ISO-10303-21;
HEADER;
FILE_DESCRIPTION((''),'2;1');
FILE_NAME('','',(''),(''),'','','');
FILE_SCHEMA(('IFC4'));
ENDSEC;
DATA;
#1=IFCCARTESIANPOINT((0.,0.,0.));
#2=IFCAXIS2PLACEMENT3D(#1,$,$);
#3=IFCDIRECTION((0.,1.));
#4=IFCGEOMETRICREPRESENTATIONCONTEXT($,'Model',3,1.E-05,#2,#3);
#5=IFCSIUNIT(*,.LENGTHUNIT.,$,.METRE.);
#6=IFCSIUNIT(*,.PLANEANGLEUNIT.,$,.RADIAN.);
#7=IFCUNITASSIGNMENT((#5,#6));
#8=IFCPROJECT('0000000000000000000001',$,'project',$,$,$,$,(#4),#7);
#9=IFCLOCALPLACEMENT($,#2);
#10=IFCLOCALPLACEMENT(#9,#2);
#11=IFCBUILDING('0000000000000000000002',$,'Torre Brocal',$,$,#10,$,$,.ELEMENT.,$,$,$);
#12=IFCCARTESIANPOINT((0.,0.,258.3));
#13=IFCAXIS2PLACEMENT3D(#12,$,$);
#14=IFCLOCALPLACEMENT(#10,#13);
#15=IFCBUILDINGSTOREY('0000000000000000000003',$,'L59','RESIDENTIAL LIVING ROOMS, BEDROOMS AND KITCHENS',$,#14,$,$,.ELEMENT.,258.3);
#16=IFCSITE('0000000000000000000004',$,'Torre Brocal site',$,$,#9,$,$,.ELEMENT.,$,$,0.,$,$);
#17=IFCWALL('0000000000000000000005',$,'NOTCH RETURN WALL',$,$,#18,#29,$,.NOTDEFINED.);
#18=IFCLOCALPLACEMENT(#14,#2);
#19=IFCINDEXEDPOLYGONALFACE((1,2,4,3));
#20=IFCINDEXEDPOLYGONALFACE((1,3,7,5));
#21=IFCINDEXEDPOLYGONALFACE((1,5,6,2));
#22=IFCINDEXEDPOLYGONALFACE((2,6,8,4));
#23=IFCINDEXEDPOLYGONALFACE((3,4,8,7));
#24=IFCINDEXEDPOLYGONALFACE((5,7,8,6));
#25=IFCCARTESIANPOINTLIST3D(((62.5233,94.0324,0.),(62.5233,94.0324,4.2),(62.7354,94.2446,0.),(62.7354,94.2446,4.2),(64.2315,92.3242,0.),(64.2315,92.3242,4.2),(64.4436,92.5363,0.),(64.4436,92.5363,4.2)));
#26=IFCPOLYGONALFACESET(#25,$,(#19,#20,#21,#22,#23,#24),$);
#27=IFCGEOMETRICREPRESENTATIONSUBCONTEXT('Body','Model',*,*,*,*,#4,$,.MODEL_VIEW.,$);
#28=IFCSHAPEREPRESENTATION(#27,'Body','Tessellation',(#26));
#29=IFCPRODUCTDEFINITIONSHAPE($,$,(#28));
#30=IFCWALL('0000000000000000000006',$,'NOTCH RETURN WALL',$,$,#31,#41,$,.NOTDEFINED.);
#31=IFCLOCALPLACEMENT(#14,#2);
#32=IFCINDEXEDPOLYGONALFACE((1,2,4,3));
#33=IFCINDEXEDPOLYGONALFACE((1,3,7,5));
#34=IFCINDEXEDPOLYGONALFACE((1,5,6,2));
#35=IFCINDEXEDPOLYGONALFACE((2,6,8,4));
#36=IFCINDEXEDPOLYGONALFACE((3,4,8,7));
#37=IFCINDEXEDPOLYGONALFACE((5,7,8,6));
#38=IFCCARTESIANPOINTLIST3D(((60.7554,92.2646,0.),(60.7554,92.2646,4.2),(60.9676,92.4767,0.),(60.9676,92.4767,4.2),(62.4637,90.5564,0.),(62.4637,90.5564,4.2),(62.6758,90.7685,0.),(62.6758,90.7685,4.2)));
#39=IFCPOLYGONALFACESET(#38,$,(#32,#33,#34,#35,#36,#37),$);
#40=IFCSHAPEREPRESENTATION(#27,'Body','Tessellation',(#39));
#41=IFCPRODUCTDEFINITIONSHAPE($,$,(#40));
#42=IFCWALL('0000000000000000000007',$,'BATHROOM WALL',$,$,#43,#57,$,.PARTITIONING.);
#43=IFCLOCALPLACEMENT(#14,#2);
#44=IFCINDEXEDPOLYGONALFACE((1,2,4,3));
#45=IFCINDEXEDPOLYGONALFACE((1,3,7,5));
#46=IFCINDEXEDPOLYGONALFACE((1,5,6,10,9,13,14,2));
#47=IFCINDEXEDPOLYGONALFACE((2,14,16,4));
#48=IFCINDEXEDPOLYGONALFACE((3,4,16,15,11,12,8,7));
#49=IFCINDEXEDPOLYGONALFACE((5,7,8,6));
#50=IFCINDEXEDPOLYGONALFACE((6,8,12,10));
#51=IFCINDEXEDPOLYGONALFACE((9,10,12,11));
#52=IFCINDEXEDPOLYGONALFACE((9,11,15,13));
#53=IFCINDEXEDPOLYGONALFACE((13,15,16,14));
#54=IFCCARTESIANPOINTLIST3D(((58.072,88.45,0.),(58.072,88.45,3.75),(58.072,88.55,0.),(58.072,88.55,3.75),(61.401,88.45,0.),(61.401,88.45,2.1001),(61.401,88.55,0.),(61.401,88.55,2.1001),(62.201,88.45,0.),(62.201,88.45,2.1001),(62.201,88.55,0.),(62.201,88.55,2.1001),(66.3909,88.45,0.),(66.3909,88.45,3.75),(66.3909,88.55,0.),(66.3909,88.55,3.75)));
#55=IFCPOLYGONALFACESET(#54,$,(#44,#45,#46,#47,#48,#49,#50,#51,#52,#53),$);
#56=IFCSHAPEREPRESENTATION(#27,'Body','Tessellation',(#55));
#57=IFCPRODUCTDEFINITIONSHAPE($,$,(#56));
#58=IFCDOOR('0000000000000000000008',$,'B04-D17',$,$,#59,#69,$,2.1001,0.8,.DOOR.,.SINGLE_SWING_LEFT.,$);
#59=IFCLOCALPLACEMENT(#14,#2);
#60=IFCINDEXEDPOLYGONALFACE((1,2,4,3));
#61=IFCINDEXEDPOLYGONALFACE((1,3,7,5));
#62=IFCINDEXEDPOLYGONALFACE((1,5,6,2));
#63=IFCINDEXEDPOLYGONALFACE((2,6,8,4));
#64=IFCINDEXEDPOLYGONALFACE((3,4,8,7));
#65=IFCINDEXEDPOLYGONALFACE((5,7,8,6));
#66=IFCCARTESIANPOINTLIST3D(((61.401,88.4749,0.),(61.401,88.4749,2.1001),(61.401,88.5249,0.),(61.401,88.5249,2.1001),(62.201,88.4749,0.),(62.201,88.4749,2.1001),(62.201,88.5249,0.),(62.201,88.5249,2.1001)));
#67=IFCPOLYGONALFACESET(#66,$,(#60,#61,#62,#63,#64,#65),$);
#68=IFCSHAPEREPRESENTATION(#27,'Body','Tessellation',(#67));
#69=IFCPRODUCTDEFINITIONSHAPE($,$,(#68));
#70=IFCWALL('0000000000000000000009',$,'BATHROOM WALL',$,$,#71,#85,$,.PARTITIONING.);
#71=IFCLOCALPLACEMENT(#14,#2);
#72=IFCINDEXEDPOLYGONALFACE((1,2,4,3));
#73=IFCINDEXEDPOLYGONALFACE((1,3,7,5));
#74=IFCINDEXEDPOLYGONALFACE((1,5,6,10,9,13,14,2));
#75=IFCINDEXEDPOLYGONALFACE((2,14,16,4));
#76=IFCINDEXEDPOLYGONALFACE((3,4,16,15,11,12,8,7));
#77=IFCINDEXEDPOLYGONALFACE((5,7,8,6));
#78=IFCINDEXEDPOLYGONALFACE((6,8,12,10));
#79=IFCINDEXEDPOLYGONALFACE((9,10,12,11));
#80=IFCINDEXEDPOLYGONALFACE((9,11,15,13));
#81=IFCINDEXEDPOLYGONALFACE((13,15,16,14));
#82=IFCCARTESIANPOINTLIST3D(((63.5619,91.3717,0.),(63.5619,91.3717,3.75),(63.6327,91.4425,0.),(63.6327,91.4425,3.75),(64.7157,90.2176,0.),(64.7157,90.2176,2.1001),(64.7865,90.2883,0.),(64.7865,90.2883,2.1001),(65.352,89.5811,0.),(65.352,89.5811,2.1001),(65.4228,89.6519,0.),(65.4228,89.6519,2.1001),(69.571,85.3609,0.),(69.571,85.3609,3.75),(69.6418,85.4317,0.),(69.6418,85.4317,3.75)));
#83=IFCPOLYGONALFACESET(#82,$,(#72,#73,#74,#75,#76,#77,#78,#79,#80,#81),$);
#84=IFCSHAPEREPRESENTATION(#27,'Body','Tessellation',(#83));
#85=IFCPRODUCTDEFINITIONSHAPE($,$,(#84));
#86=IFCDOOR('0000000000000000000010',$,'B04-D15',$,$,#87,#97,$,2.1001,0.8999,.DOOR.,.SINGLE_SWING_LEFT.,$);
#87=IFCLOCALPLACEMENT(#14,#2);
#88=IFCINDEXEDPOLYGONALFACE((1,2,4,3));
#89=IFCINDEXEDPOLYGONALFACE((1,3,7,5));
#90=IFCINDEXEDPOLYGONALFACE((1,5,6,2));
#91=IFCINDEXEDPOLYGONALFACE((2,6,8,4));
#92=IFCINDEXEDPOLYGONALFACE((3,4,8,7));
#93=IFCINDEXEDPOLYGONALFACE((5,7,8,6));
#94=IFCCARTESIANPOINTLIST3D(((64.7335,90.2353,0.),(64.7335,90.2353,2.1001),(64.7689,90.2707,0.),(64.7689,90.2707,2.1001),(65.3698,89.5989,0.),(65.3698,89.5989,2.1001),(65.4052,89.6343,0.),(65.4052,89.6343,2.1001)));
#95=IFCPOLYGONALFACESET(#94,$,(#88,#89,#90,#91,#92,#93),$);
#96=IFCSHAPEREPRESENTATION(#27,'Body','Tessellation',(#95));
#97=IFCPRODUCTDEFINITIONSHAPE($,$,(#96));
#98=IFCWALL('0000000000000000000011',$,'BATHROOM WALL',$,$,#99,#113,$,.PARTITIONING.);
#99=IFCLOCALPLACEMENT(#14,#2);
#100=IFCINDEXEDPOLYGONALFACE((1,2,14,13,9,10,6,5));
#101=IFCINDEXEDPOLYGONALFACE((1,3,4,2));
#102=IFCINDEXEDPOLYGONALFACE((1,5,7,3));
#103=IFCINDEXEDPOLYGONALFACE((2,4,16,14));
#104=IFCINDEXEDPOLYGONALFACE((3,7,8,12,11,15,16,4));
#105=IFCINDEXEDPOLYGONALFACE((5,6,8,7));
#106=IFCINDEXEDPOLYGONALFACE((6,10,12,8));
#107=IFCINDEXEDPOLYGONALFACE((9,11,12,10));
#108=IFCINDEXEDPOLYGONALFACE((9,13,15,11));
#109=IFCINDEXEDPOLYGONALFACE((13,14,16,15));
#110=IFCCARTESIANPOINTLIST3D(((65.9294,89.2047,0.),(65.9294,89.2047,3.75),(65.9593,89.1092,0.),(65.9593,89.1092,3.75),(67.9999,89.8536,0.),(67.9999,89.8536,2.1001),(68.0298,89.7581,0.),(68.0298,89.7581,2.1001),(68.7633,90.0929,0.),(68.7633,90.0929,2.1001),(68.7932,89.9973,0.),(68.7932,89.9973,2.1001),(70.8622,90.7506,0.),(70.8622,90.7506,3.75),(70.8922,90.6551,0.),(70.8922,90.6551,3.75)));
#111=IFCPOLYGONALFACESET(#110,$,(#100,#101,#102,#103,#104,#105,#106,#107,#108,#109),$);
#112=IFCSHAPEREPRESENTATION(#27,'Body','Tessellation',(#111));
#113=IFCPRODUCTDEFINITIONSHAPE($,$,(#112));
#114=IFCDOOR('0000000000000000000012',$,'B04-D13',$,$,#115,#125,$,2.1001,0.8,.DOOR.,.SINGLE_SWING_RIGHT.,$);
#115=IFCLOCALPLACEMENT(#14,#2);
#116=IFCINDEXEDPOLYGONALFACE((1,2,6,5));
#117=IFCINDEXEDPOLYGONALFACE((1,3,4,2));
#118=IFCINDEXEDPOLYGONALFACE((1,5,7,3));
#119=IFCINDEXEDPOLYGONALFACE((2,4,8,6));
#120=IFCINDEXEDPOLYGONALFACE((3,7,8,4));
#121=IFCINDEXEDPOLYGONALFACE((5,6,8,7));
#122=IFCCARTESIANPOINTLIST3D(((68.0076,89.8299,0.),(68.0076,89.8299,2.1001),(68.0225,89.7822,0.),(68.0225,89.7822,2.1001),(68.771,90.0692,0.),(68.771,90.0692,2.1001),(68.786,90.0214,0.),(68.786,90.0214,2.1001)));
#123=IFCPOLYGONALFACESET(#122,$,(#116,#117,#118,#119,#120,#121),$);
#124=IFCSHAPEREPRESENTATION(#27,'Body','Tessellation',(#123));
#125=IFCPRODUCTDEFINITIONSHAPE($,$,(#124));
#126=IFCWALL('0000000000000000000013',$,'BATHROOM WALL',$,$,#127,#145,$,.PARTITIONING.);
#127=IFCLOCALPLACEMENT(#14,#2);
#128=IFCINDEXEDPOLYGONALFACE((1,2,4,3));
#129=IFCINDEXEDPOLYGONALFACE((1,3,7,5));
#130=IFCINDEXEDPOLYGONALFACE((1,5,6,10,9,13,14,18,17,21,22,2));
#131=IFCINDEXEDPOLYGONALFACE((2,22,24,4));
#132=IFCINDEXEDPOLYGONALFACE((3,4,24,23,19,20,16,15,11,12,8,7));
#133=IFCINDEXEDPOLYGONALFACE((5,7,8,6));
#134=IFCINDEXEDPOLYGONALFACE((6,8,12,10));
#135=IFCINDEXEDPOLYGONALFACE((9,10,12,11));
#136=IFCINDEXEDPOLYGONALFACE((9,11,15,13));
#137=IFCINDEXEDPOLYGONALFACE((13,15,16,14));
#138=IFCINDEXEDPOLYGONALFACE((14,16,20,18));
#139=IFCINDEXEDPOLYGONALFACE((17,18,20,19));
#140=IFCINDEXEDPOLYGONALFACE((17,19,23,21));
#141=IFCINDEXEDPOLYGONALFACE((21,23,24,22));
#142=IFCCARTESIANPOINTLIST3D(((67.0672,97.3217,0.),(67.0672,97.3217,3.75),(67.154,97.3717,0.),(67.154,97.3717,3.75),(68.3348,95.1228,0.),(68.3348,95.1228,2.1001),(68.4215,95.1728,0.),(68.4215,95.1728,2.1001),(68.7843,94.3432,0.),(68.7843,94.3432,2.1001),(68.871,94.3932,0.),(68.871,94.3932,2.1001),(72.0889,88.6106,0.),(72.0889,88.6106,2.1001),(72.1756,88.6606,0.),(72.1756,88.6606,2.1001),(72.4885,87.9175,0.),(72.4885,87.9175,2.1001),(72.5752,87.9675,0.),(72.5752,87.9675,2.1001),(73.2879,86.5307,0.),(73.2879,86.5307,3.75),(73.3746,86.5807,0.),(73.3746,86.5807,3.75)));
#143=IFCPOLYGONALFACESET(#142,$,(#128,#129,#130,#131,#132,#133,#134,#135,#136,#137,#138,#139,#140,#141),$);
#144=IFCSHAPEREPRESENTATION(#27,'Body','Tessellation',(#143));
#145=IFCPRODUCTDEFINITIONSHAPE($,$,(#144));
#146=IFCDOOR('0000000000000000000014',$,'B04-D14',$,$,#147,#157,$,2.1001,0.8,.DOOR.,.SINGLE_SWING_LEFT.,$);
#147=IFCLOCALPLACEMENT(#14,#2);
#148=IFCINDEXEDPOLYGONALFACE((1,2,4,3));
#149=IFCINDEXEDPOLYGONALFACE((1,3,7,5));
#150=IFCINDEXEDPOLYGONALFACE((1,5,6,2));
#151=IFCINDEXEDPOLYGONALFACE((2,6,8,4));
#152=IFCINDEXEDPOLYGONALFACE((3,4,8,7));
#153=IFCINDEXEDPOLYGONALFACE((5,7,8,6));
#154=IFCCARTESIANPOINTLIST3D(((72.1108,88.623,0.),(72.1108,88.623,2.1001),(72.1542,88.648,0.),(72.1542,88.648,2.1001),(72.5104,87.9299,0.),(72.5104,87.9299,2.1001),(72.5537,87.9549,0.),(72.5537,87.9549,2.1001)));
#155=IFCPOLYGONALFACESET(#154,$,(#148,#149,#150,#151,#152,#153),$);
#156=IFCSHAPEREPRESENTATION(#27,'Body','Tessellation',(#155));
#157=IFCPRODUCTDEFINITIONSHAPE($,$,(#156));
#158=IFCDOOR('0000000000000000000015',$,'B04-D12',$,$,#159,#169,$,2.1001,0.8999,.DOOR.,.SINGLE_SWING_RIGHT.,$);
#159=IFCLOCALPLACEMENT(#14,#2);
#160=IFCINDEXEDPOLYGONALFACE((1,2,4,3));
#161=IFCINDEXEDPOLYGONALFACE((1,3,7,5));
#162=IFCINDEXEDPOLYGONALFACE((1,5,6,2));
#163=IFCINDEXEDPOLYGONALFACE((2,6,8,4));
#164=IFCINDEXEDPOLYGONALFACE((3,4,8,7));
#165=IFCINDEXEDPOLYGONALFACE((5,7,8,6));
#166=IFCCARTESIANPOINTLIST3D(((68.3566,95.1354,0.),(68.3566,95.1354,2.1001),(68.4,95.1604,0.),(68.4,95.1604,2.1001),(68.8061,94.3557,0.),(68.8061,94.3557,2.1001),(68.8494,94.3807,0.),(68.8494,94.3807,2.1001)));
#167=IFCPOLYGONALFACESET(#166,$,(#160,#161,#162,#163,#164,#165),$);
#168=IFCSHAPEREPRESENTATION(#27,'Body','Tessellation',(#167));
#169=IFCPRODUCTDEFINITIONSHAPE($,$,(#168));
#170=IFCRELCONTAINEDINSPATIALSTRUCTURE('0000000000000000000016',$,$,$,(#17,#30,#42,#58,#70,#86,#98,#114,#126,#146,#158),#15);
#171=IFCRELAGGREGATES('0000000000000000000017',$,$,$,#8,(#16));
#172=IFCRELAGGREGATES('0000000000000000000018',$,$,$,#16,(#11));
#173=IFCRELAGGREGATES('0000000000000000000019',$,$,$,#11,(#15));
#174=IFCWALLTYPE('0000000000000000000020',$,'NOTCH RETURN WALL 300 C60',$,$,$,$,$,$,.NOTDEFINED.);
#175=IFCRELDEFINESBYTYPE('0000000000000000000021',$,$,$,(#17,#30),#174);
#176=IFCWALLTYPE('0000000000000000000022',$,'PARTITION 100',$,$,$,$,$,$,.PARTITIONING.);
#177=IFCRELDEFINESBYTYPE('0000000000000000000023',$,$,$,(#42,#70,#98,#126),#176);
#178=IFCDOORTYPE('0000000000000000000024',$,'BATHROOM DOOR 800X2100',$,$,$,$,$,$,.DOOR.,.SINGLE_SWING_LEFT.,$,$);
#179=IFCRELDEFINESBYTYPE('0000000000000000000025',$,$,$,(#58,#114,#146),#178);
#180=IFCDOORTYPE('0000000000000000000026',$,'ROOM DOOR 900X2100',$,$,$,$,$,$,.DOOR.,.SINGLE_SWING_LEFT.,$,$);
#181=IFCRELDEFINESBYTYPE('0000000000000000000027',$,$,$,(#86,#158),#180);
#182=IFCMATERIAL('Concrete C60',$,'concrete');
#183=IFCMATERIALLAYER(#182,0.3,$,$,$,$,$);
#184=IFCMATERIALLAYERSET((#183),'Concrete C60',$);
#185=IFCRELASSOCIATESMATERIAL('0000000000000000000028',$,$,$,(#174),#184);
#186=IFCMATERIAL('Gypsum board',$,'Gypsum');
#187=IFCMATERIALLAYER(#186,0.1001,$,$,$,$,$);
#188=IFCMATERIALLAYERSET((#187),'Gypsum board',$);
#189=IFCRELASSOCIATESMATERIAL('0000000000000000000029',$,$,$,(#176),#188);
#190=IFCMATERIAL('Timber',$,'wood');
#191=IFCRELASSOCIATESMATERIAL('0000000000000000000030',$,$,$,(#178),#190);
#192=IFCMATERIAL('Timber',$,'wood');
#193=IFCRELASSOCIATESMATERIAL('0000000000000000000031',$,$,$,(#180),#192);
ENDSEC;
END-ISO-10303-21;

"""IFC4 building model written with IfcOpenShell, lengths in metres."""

from ifc_helpers import new_model, si_unit, direction, frame, frame_2d, origin, place, context, subcontext, project, spatial, rectangle, extrude, material, layer, layer_set, type_object, element, fill, save


model = new_model("IFC4")

# Units and contexts
model_context = context("Model", 3, precision=1e-05, world=origin(), true_north=direction((0.0, 1.0)))
body_context = subcontext(model_context, "Body", "Model", "MODEL_VIEW")
ifc_project = project(units=[si_unit("LENGTHUNIT", "METRE"), si_unit("PLANEANGLEUNIT", "RADIAN")], contexts=[model_context])

# Site, building, storey
site_placement = place(None, origin())
site = spatial("IfcSite", under=ifc_project, at=site_placement, Name="Torre Brocal site", CompositionType="ELEMENT", RefElevation=0.0)
building_placement = place(site_placement, origin())
building = spatial("IfcBuilding", under=site, at=building_placement, Name="Torre Brocal", CompositionType="ELEMENT")
storey_placement = place(building_placement, frame((0.0, 0.0, 258.3)))
storey = spatial("IfcBuildingStorey", under=building, at=storey_placement, Name="L59", Description="RESIDENTIAL LIVING ROOMS, BEDROOMS AND KITCHENS", CompositionType="ELEMENT", Elevation=258.3)

# Walls
ifc_material_1 = material(Name="Concrete C60", Category="concrete")
ifc_layer_1 = layer(ifc_material_1, 0.3)
ifc_layer_set_1 = layer_set([ifc_layer_1], Name="Concrete C60")
wall_type_1 = type_object("IfcWallType", Name="NOTCH RETURN WALL 300 C60", PredefinedType="NOTDEFINED", material=ifc_layer_set_1)
for number, where, z_axis, x_axis, name in (
    (1, (64.3376, 92.4302, 0.0), (0.0, 0.0, 1.0), (-0.707107, 0.707107, 0.0), "NOTCH RETURN WALL"),
    (2, (62.5698, 90.6624, 0.0), (0.0, 0.0, 1.0), (-0.707107, 0.707107, 0.0), "NOTCH RETURN WALL"),
):
    element("IfcWall", number, at=place(storey_placement, frame(where, z_axis=z_axis, x_axis=x_axis)), inside=storey, type_object=wall_type_1, Name=name, PredefinedType="NOTDEFINED", context=body_context, shape_type="SweptSolid", body=[
        extrude(rectangle(XDim=2.4158, YDim=0.3, at=frame_2d((1.208, 0.0))), origin(), (0.0, 0.0, 1.0), 4.2),
    ])

# Walls, openings, doors
ifc_material_2 = material(Name="Gypsum board", Category="Gypsum")
ifc_layer_2 = layer(ifc_material_2, 0.1001)
ifc_layer_set_2 = layer_set([ifc_layer_2], Name="Gypsum board")
wall_type_2 = type_object("IfcWallType", Name="PARTITION 100", PredefinedType="PARTITIONING", material=ifc_layer_set_2)
wall_1_placement = place(storey_placement, frame((58.072, 88.5, 0.0), z_axis=(0.0, 0.0, 1.0), x_axis=(1.0, 0.0, 0.0)))
wall_1 = element("IfcWall", 3, at=wall_1_placement, inside=storey, type_object=wall_type_2, Name="BATHROOM WALL", PredefinedType="PARTITIONING", context=body_context, shape_type="SweptSolid", body=[
    extrude(rectangle(XDim=8.3188, YDim=0.1001, at=frame_2d((4.1594, 0.0))), origin(), (0.0, 0.0, 1.0), 3.75),
])
opening_1_placement = place(wall_1_placement, frame((3.3291, 0.0, 0.0)))
opening_1 = element("IfcOpeningElement", 4, at=opening_1_placement, cuts=wall_1, PredefinedType="OPENING", context=body_context, shape_type="SweptSolid", body=[
    extrude(rectangle(XDim=0.8, YDim=2.1001, at=frame_2d((0.3999, 1.05))), frame((0.0, 0.0601, 0.0), z_axis=(0.0, -1.0, 0.0), x_axis=(1.0, 0.0, 0.0)), (0.0, 0.0, 1.0), 0.1201),
])
ifc_material_3 = material(Name="Timber", Category="wood")
door_type_1 = type_object("IfcDoorType", Name="BATHROOM DOOR 800X2100", OperationType="SINGLE_SWING_LEFT", PredefinedType="DOOR", material=ifc_material_3)
door_1_placement = place(opening_1_placement, origin())
door_1 = element("IfcDoor", 5, at=door_1_placement, inside=storey, type_object=door_type_1, Name="B04-D17", OperationType="SINGLE_SWING_LEFT", OverallHeight=2.1001, OverallWidth=0.8, PredefinedType="DOOR", context=body_context, shape_type="SweptSolid", body=[
    extrude(rectangle(XDim=0.8, YDim=2.1001, at=frame_2d((0.3999, 1.05))), frame((0.0, 0.0249, 0.0), z_axis=(0.0, -1.0, 0.0), x_axis=(1.0, 0.0, 0.0)), (0.0, 0.0, 1.0), 0.05),
])
fill(opening_1, door_1)
wall_2_placement = place(storey_placement, frame((63.5974, 91.407, 0.0), z_axis=(0.0, 0.0, 1.0), x_axis=(0.707006, -0.707207, 0.0)))
wall_2 = element("IfcWall", 6, at=wall_2_placement, inside=storey, type_object=wall_type_2, Name="BATHROOM WALL", PredefinedType="PARTITIONING", context=body_context, shape_type="SweptSolid", body=[
    extrude(rectangle(XDim=8.4993, YDim=0.1001, at=frame_2d((4.2495, 0.0))), origin(), (0.0, 0.0, 1.0), 3.75),
])
opening_2_placement = place(wall_2_placement, frame((1.6318, 0.0, 0.0)))
opening_2 = element("IfcOpeningElement", 7, at=opening_2_placement, cuts=wall_2, PredefinedType="OPENING", context=body_context, shape_type="SweptSolid", body=[
    extrude(rectangle(XDim=0.8999, YDim=2.1001, at=frame_2d((0.45, 1.05))), frame((0.0, 0.0601, 0.0), z_axis=(0.0, -1.0, 0.0), x_axis=(1.0, 0.0, 0.0)), (0.0, 0.0, 1.0), 0.1201),
])
ifc_material_4 = material(Name="Timber", Category="wood")
door_type_2 = type_object("IfcDoorType", Name="ROOM DOOR 900X2100", OperationType="SINGLE_SWING_LEFT", PredefinedType="DOOR", material=ifc_material_4)
door_2_placement = place(opening_2_placement, frame((0.8999, 0.0, 0.0), z_axis=(0.0, 0.0, 1.0), x_axis=(-1.0, 0.0, 0.0)))
door_2 = element("IfcDoor", 8, at=door_2_placement, inside=storey, type_object=door_type_2, Name="B04-D15", OperationType="SINGLE_SWING_LEFT", OverallHeight=2.1001, OverallWidth=0.8999, PredefinedType="DOOR", context=body_context, shape_type="SweptSolid", body=[
    extrude(rectangle(XDim=0.8999, YDim=2.1001, at=frame_2d((0.45, 1.05))), frame((0.0, 0.0249, 0.0), z_axis=(0.0, -1.0, 0.0), x_axis=(1.0, 0.0, 0.0)), (0.0, 0.0, 1.0), 0.05),
])
fill(opening_2, door_2)
wall_3_placement = place(storey_placement, frame((65.9443, 89.157, 0.0), z_axis=(0.0, 0.0, 1.0), x_axis=(0.954238, 0.299047, 0.0)))
wall_3 = element("IfcWall", 9, at=wall_3_placement, inside=storey, type_object=wall_type_2, Name="BATHROOM WALL", PredefinedType="PARTITIONING", context=body_context, shape_type="SweptSolid", body=[
    extrude(rectangle(XDim=5.1694, YDim=0.1001, at=frame_2d((2.5847, 0.0))), origin(), (0.0, 0.0, 1.0), 3.75),
])
opening_3_placement = place(wall_3_placement, frame((2.1699, 0.0, 0.0)))
opening_3 = element("IfcOpeningElement", 10, at=opening_3_placement, cuts=wall_3, PredefinedType="OPENING", context=body_context, shape_type="SweptSolid", body=[
    extrude(rectangle(XDim=0.8, YDim=2.1001, at=frame_2d((0.3999, 1.05))), frame((0.0, 0.0601, 0.0), z_axis=(0.0, -1.0, 0.0), x_axis=(1.0, 0.0, 0.0)), (0.0, 0.0, 1.0), 0.1201),
])
door_3_placement = place(opening_3_placement, frame((0.8, 0.0, 0.0), z_axis=(0.0, 0.0, 1.0), x_axis=(-1.0, 0.0, 0.0)))
door_3 = element("IfcDoor", 11, at=door_3_placement, inside=storey, type_object=door_type_1, Name="B04-D13", OperationType="SINGLE_SWING_RIGHT", OverallHeight=2.1001, OverallWidth=0.8, PredefinedType="DOOR", context=body_context, shape_type="SweptSolid", body=[
    extrude(rectangle(XDim=0.8, YDim=2.1001, at=frame_2d((0.3999, 1.05))), frame((0.0, 0.0249, 0.0), z_axis=(0.0, -1.0, 0.0), x_axis=(1.0, 0.0, 0.0)), (0.0, 0.0, 1.0), 0.05),
])
fill(opening_3, door_3)

# Wall, openings, doors
wall_4_placement = place(storey_placement, frame((67.1106, 97.3467, 0.0), z_axis=(0.0, 0.0, 1.0), x_axis=(0.499428, -0.866355, 0.0)))
wall_4 = element("IfcWall", 12, at=wall_4_placement, inside=storey, type_object=wall_type_2, Name="BATHROOM WALL", PredefinedType="PARTITIONING", context=body_context, shape_type="SweptSolid", body=[
    extrude(rectangle(XDim=12.4556, YDim=0.1001, at=frame_2d((6.2278, 0.0))), origin(), (0.0, 0.0, 1.0), 3.75),
])
opening_4_placement = place(wall_4_placement, frame((2.5381, 0.0, 0.0)))
opening_4 = element("IfcOpeningElement", 13, at=opening_4_placement, cuts=wall_4, PredefinedType="OPENING", context=body_context, shape_type="SweptSolid", body=[
    extrude(rectangle(XDim=0.8999, YDim=2.1001, at=frame_2d((0.45, 1.05))), frame((0.0, 0.0601, 0.0), z_axis=(0.0, -1.0, 0.0), x_axis=(1.0, 0.0, 0.0)), (0.0, 0.0, 1.0), 0.1201),
])
opening_5_placement = place(wall_4_placement, frame((10.0549, 0.0, 0.0)))
opening_5 = element("IfcOpeningElement", 14, at=opening_5_placement, cuts=wall_4, PredefinedType="OPENING", context=body_context, shape_type="SweptSolid", body=[
    extrude(rectangle(XDim=0.8, YDim=2.1001, at=frame_2d((0.3999, 1.05))), frame((0.0, 0.0601, 0.0), z_axis=(0.0, -1.0, 0.0), x_axis=(1.0, 0.0, 0.0)), (0.0, 0.0, 1.0), 0.1201),
])
door_4_placement = place(opening_5_placement, frame((0.8, 0.0, 0.0), z_axis=(0.0, 0.0, 1.0), x_axis=(-1.0, 0.0, 0.0)))
door_4 = element("IfcDoor", 15, at=door_4_placement, inside=storey, type_object=door_type_1, Name="B04-D14", OperationType="SINGLE_SWING_LEFT", OverallHeight=2.1001, OverallWidth=0.8, PredefinedType="DOOR", context=body_context, shape_type="SweptSolid", body=[
    extrude(rectangle(XDim=0.8, YDim=2.1001, at=frame_2d((0.3999, 1.05))), frame((0.0, 0.0249, 0.0), z_axis=(0.0, -1.0, 0.0), x_axis=(1.0, 0.0, 0.0)), (0.0, 0.0, 1.0), 0.05),
])
fill(opening_5, door_4)
door_5_placement = place(opening_4_placement, frame((0.8999, 0.0, 0.0), z_axis=(0.0, 0.0, 1.0), x_axis=(-1.0, 0.0, 0.0)))
door_5 = element("IfcDoor", 16, at=door_5_placement, inside=storey, type_object=door_type_2, Name="B04-D12", OperationType="SINGLE_SWING_RIGHT", OverallHeight=2.1001, OverallWidth=0.8999, PredefinedType="DOOR", context=body_context, shape_type="SweptSolid", body=[
    extrude(rectangle(XDim=0.8999, YDim=2.1001, at=frame_2d((0.45, 1.05))), frame((0.0, 0.0249, 0.0), z_axis=(0.0, -1.0, 0.0), x_axis=(1.0, 0.0, 0.0)), (0.0, 0.0, 1.0), 0.05),
])
fill(opening_4, door_5)

save(model, "model.ifc")
